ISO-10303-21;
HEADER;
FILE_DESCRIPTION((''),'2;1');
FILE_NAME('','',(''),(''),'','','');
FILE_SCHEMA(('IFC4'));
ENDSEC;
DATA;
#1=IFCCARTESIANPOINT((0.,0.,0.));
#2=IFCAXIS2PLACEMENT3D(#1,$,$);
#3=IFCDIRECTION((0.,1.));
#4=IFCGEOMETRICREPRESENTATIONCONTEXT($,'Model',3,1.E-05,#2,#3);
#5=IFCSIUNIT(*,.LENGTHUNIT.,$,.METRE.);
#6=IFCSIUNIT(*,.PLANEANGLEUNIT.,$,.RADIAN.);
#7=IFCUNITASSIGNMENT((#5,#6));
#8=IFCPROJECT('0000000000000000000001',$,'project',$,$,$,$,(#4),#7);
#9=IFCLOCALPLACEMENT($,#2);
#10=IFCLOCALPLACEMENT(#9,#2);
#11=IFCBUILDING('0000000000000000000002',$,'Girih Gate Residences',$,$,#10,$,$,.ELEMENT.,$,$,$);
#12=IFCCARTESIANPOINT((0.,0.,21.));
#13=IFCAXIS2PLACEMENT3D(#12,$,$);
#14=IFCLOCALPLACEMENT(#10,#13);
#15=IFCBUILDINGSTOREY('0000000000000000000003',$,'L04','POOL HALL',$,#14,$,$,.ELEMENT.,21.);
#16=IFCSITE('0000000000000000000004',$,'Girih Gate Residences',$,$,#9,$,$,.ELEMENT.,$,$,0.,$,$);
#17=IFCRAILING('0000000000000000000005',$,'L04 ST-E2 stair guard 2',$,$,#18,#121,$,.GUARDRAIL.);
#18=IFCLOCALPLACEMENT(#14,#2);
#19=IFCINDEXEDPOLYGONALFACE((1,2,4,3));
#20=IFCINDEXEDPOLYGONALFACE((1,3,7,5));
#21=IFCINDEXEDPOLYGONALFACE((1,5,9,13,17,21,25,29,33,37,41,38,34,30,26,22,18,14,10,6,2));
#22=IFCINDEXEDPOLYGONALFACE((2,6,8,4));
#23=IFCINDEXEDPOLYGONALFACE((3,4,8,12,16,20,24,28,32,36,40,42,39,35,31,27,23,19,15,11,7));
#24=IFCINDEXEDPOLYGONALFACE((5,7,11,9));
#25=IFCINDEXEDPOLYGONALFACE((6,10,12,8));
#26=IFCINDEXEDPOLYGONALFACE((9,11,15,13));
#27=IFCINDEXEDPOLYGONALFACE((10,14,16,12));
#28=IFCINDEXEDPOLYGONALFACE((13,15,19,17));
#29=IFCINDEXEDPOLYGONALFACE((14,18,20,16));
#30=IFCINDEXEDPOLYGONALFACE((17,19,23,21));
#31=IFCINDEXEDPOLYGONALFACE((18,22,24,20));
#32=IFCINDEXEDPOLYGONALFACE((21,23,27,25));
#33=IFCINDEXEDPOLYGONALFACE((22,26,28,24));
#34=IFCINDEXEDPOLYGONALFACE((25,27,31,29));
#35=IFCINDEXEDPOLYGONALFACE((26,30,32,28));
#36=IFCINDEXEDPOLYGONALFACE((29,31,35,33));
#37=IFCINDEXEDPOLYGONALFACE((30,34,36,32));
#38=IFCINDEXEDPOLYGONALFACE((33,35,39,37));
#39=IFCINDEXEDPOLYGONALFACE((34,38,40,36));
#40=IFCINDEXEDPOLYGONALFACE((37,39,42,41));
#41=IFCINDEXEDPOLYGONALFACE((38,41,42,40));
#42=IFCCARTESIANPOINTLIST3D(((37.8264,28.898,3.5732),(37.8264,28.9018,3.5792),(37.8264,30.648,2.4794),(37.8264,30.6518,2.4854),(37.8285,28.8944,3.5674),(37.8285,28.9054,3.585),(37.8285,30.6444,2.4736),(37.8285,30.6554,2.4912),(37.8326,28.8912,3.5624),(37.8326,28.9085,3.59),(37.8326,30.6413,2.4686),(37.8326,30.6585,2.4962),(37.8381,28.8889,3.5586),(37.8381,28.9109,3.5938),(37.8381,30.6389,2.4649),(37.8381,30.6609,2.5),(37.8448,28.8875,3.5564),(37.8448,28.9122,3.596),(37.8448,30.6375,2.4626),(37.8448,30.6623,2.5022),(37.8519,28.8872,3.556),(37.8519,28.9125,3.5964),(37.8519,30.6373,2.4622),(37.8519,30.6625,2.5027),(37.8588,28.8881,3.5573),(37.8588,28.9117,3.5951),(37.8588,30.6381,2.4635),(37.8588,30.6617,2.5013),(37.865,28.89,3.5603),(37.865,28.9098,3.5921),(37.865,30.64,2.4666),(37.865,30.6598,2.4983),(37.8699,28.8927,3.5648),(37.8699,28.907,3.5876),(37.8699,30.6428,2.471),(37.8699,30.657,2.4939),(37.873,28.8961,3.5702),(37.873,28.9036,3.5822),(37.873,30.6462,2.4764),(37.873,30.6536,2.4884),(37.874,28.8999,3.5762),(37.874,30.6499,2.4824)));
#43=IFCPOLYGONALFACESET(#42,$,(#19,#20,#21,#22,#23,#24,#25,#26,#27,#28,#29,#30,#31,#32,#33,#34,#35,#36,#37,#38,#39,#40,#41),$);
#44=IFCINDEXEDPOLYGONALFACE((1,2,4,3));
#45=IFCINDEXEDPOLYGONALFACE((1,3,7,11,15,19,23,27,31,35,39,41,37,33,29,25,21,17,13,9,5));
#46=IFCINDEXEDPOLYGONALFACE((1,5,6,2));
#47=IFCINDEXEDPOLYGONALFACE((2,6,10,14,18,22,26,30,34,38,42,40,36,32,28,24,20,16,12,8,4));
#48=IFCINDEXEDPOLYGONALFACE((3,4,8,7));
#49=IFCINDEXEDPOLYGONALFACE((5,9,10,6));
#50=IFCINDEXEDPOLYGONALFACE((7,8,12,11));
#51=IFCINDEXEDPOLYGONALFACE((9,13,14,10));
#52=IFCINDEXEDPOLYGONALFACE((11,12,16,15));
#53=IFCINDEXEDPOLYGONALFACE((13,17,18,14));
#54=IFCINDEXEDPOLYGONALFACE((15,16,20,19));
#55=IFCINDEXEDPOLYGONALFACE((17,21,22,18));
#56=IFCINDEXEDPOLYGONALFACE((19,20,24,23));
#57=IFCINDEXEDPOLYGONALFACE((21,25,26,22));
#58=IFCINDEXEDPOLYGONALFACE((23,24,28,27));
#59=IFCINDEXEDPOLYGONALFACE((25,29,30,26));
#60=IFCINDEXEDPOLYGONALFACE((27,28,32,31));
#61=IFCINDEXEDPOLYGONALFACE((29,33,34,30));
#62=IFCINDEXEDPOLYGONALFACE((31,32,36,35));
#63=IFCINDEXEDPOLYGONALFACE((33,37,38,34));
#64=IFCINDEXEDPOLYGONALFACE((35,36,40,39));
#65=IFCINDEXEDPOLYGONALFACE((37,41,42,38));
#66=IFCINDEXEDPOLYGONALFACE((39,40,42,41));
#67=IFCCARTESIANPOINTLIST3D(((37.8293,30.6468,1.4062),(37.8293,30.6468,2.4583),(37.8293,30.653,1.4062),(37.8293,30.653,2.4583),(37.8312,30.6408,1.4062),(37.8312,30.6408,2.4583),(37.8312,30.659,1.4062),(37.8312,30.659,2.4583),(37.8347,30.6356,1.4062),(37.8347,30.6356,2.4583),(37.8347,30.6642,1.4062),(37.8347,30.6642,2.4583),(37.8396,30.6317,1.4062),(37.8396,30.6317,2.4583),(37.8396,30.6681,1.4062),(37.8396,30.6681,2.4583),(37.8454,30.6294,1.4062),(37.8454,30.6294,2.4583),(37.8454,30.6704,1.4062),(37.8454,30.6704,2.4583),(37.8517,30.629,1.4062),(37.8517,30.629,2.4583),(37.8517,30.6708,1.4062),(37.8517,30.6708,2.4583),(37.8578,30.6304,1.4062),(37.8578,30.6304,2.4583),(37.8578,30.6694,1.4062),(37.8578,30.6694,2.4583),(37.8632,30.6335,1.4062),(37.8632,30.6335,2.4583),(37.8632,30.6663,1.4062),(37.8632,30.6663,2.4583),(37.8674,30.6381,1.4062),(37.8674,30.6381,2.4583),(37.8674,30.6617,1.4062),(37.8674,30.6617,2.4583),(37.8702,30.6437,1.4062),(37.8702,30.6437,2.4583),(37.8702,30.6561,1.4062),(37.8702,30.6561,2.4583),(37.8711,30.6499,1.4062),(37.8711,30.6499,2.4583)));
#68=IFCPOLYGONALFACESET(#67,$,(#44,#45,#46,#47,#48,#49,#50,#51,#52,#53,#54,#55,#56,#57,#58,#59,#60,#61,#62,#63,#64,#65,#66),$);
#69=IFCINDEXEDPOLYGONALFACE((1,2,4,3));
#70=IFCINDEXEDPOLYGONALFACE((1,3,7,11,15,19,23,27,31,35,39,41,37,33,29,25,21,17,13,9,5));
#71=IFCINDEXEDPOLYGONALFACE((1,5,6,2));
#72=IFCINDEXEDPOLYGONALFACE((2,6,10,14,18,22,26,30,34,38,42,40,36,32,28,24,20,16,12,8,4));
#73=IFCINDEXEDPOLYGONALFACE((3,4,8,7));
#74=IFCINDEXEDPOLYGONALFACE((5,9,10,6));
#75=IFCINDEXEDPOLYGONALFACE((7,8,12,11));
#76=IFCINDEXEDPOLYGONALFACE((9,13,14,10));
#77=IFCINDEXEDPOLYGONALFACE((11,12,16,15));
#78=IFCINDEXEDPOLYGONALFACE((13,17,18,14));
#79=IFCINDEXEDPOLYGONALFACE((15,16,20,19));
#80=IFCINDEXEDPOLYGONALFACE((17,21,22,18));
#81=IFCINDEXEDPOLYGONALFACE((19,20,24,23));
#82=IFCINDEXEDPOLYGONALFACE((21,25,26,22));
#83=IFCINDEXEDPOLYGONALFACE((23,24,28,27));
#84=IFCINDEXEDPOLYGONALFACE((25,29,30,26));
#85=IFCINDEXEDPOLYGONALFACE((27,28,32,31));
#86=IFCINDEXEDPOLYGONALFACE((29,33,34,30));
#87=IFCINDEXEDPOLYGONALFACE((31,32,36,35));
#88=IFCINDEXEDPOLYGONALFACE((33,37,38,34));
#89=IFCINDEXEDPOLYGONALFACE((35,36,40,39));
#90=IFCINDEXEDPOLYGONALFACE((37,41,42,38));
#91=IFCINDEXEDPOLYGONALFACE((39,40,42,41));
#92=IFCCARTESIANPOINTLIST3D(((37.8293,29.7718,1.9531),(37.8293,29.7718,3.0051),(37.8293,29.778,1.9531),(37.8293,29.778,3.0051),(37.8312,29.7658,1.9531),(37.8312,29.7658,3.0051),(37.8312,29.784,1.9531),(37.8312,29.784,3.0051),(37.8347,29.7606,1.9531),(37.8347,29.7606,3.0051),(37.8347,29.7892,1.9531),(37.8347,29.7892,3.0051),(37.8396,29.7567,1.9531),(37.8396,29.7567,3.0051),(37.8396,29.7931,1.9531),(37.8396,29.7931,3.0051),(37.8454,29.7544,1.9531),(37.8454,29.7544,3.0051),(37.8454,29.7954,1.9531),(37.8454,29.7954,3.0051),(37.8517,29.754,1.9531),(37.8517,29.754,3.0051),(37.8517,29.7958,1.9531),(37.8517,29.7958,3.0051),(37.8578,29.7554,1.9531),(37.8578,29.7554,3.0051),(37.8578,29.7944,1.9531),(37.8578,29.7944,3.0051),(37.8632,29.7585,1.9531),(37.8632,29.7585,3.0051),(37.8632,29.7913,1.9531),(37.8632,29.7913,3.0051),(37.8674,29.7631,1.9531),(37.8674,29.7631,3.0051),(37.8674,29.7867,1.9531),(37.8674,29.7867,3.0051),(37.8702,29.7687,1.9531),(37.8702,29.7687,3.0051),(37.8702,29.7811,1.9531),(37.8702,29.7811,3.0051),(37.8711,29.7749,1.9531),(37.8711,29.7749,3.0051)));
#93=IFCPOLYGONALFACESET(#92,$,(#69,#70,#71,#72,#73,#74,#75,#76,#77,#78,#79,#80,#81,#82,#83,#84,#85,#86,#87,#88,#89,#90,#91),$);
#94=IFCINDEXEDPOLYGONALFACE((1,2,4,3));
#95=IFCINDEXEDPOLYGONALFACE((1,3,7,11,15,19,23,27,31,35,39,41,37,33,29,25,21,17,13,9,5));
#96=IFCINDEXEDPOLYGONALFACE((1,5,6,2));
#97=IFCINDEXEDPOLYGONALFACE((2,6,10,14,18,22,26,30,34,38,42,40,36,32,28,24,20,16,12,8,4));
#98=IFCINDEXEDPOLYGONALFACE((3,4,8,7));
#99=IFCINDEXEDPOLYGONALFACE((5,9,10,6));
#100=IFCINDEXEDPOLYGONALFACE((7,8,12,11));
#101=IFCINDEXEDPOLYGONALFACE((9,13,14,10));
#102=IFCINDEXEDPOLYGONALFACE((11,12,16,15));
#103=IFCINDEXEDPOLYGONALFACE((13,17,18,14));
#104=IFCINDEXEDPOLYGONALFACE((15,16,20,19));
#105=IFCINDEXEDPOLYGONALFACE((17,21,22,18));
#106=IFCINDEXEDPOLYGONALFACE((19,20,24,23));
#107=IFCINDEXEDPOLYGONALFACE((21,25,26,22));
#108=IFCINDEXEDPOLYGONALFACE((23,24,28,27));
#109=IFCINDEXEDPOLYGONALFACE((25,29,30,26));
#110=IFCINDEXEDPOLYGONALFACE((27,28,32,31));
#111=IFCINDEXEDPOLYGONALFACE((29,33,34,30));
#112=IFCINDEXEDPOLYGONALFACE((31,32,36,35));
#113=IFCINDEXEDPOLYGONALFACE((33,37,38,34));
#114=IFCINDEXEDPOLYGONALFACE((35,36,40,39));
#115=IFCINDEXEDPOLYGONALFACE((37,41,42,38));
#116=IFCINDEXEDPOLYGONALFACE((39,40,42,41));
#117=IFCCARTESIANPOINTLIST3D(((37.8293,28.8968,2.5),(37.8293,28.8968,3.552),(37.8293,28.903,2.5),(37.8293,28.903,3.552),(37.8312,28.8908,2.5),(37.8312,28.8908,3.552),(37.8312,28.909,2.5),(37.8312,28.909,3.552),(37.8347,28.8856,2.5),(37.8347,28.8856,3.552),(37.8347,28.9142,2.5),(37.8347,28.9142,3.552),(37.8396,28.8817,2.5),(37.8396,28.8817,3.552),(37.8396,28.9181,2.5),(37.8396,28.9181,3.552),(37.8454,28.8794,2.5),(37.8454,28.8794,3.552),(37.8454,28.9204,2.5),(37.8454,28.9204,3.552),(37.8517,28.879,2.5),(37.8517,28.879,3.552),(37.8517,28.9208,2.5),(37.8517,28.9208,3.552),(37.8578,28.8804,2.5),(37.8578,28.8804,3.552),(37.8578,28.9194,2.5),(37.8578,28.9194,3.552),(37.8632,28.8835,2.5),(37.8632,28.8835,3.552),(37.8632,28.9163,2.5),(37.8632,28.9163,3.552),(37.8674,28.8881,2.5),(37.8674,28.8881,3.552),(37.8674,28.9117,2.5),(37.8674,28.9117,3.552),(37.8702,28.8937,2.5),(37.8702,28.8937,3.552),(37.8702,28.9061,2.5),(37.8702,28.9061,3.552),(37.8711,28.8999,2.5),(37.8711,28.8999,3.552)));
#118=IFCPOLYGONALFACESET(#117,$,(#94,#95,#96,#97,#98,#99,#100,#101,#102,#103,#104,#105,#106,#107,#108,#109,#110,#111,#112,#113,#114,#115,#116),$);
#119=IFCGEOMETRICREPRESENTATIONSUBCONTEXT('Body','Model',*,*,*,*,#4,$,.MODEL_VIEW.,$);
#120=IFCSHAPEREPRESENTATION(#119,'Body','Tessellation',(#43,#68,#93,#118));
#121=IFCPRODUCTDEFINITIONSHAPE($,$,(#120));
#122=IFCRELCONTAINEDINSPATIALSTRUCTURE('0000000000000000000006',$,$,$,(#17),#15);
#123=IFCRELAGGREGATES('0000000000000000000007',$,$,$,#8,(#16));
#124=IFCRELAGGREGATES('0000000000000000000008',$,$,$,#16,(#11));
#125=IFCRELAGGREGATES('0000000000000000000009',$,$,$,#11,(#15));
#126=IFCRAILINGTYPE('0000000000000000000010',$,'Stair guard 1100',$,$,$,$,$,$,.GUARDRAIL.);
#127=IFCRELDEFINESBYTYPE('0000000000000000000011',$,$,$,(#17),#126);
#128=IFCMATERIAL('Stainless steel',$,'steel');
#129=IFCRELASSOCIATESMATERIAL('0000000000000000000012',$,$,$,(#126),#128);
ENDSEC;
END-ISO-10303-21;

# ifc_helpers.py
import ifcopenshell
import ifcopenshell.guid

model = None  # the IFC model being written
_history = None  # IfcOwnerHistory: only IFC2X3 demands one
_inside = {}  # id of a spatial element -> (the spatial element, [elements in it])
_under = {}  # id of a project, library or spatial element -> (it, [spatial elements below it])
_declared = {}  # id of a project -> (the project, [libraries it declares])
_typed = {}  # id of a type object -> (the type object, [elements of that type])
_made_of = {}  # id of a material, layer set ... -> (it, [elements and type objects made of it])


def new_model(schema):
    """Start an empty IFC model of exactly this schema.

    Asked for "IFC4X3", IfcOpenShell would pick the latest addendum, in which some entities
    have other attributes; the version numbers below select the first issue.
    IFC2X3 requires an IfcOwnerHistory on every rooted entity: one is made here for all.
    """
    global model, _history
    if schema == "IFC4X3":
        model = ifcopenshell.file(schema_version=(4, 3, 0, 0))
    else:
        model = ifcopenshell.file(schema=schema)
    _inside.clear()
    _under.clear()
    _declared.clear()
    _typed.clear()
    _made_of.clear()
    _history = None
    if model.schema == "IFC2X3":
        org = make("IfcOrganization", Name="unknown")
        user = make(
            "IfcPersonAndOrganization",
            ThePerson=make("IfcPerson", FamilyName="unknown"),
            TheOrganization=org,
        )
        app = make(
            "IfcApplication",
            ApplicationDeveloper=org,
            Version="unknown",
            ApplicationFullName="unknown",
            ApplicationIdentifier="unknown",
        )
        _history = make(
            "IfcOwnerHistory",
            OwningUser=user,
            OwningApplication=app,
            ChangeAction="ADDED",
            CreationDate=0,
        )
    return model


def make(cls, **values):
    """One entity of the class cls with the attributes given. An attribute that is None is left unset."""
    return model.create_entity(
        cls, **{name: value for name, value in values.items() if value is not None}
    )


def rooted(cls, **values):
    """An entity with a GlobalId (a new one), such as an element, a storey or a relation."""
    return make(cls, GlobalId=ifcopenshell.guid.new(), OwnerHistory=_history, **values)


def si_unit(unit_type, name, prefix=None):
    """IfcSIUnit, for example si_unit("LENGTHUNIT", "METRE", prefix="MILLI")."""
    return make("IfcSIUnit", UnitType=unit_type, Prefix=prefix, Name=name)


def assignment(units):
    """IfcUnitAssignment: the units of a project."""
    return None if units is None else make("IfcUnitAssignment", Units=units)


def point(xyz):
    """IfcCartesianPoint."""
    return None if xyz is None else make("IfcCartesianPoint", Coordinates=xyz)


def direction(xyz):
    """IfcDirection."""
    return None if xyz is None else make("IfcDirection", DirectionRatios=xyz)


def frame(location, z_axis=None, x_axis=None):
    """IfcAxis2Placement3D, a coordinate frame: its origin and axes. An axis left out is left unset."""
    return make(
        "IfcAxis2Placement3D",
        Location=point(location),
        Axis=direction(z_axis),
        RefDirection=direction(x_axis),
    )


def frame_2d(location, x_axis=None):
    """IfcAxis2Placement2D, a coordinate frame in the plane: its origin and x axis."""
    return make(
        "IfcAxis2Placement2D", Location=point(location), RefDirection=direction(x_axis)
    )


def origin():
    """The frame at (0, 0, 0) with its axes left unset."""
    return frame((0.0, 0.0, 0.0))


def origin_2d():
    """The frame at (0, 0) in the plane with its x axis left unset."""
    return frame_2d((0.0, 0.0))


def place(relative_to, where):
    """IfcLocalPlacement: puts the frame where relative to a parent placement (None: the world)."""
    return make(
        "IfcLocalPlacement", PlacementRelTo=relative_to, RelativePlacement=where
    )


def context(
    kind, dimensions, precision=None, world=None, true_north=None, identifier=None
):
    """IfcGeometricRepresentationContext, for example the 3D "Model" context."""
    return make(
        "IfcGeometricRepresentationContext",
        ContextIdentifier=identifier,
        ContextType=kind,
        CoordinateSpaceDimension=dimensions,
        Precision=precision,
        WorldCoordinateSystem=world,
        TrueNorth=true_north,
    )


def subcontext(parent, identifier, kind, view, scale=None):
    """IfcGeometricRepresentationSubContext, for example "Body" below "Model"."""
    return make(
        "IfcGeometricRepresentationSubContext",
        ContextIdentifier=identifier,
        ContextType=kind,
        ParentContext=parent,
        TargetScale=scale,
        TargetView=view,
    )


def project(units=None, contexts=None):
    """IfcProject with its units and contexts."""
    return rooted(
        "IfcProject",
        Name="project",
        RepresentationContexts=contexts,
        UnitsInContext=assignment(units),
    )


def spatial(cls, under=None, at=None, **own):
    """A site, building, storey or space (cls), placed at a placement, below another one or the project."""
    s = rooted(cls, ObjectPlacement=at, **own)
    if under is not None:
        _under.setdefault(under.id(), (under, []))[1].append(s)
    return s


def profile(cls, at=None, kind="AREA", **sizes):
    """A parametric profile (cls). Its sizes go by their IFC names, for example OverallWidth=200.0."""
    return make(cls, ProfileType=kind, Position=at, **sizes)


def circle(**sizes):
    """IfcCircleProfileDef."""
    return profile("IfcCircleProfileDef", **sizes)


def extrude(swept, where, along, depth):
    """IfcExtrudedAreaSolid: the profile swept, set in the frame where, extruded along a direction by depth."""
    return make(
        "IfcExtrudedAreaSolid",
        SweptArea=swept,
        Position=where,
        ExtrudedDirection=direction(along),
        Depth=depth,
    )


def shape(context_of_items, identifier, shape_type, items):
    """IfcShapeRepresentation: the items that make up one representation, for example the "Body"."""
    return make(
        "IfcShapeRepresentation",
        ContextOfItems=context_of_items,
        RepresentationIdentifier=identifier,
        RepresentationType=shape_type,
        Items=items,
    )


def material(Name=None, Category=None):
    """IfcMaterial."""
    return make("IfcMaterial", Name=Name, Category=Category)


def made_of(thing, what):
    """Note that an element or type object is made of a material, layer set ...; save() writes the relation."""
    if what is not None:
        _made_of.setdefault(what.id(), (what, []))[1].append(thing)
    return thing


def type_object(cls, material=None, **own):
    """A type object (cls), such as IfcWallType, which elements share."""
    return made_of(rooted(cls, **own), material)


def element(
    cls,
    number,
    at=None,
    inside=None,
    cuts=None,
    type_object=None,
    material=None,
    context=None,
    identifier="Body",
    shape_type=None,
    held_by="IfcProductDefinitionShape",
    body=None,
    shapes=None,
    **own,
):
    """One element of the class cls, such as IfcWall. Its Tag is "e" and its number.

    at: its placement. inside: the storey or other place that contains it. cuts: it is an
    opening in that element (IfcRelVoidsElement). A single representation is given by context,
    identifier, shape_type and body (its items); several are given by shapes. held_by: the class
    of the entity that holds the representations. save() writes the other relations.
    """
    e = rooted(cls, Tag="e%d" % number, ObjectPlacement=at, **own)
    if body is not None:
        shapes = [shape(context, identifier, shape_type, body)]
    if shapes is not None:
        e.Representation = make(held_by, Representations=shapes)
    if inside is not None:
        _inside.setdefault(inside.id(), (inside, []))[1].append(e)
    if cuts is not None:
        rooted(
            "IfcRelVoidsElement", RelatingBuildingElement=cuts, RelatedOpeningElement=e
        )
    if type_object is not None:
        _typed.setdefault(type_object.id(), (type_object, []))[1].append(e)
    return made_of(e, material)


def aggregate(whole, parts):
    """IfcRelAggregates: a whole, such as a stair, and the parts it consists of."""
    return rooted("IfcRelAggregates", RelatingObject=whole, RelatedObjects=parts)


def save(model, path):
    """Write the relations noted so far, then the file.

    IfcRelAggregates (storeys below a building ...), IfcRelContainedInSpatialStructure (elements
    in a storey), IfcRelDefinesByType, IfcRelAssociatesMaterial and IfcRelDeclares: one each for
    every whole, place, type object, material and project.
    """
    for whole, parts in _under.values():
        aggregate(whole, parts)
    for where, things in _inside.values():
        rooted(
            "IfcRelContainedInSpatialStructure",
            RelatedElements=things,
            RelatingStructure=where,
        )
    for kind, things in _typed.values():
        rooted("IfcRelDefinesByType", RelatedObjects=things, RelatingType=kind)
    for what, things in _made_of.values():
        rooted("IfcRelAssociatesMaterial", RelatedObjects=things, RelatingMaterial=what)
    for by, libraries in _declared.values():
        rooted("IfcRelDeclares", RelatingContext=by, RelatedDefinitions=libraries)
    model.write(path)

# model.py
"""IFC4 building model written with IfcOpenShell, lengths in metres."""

from ifc_helpers import new_model, si_unit, direction, frame, origin, origin_2d, place, context, subcontext, project, spatial, circle, extrude, material, type_object, element, save


model = new_model("IFC4")

# Units and contexts
model_context = context("Model", 3, precision=1e-05, world=origin(), true_north=direction((0.0, 1.0)))
body_context = subcontext(model_context, "Body", "Model", "MODEL_VIEW")
ifc_project = project(units=[si_unit("LENGTHUNIT", "METRE"), si_unit("PLANEANGLEUNIT", "RADIAN")], contexts=[model_context])

# Site, building, storey
site_placement = place(None, origin())
site = spatial("IfcSite", under=ifc_project, at=site_placement, Name="Girih Gate Residences", CompositionType="ELEMENT", RefElevation=0.0)
building_placement = place(site_placement, origin())
building = spatial("IfcBuilding", under=site, at=building_placement, Name="Girih Gate Residences", CompositionType="ELEMENT")
storey_placement = place(building_placement, frame((0.0, 0.0, 21.0)))
storey = spatial("IfcBuildingStorey", under=building, at=storey_placement, Name="L04", Description="POOL HALL", CompositionType="ELEMENT", Elevation=21.0)

# Railing
ifc_material_1 = material(Name="Stainless steel", Category="steel")
railing_type_1 = type_object("IfcRailingType", Name="Stair guard 1100", PredefinedType="GUARDRAIL", material=ifc_material_1)
railing_1_placement = place(storey_placement, frame((37.8501, 30.6499, 1.4062)))
element("IfcRailing", 1, at=railing_1_placement, inside=storey, type_object=railing_type_1, Name="L04 ST-E2 stair guard 2", PredefinedType="GUARDRAIL", context=body_context, shape_type="SweptSolid", body=[
    extrude(circle(Radius=0.0239, at=origin_2d()), frame((0.0, 0.0, 1.0762), z_axis=(0.0, -0.847998, 0.529999), x_axis=(1.0, 0.0, 0.0)), (0.0, 0.0, 1.0), 2.0637),
    extrude(circle(Radius=0.021, at=origin_2d()), origin(), (0.0, 0.0, 1.0), 1.052),
    extrude(circle(Radius=0.021, at=origin_2d()), frame((0.0, -0.875, 0.5469)), (0.0, 0.0, 1.0), 1.052),
    extrude(circle(Radius=0.021, at=origin_2d()), frame((0.0, -1.75, 1.0938)), (0.0, 0.0, 1.0), 1.052),
])

save(model, "model.ifc")
